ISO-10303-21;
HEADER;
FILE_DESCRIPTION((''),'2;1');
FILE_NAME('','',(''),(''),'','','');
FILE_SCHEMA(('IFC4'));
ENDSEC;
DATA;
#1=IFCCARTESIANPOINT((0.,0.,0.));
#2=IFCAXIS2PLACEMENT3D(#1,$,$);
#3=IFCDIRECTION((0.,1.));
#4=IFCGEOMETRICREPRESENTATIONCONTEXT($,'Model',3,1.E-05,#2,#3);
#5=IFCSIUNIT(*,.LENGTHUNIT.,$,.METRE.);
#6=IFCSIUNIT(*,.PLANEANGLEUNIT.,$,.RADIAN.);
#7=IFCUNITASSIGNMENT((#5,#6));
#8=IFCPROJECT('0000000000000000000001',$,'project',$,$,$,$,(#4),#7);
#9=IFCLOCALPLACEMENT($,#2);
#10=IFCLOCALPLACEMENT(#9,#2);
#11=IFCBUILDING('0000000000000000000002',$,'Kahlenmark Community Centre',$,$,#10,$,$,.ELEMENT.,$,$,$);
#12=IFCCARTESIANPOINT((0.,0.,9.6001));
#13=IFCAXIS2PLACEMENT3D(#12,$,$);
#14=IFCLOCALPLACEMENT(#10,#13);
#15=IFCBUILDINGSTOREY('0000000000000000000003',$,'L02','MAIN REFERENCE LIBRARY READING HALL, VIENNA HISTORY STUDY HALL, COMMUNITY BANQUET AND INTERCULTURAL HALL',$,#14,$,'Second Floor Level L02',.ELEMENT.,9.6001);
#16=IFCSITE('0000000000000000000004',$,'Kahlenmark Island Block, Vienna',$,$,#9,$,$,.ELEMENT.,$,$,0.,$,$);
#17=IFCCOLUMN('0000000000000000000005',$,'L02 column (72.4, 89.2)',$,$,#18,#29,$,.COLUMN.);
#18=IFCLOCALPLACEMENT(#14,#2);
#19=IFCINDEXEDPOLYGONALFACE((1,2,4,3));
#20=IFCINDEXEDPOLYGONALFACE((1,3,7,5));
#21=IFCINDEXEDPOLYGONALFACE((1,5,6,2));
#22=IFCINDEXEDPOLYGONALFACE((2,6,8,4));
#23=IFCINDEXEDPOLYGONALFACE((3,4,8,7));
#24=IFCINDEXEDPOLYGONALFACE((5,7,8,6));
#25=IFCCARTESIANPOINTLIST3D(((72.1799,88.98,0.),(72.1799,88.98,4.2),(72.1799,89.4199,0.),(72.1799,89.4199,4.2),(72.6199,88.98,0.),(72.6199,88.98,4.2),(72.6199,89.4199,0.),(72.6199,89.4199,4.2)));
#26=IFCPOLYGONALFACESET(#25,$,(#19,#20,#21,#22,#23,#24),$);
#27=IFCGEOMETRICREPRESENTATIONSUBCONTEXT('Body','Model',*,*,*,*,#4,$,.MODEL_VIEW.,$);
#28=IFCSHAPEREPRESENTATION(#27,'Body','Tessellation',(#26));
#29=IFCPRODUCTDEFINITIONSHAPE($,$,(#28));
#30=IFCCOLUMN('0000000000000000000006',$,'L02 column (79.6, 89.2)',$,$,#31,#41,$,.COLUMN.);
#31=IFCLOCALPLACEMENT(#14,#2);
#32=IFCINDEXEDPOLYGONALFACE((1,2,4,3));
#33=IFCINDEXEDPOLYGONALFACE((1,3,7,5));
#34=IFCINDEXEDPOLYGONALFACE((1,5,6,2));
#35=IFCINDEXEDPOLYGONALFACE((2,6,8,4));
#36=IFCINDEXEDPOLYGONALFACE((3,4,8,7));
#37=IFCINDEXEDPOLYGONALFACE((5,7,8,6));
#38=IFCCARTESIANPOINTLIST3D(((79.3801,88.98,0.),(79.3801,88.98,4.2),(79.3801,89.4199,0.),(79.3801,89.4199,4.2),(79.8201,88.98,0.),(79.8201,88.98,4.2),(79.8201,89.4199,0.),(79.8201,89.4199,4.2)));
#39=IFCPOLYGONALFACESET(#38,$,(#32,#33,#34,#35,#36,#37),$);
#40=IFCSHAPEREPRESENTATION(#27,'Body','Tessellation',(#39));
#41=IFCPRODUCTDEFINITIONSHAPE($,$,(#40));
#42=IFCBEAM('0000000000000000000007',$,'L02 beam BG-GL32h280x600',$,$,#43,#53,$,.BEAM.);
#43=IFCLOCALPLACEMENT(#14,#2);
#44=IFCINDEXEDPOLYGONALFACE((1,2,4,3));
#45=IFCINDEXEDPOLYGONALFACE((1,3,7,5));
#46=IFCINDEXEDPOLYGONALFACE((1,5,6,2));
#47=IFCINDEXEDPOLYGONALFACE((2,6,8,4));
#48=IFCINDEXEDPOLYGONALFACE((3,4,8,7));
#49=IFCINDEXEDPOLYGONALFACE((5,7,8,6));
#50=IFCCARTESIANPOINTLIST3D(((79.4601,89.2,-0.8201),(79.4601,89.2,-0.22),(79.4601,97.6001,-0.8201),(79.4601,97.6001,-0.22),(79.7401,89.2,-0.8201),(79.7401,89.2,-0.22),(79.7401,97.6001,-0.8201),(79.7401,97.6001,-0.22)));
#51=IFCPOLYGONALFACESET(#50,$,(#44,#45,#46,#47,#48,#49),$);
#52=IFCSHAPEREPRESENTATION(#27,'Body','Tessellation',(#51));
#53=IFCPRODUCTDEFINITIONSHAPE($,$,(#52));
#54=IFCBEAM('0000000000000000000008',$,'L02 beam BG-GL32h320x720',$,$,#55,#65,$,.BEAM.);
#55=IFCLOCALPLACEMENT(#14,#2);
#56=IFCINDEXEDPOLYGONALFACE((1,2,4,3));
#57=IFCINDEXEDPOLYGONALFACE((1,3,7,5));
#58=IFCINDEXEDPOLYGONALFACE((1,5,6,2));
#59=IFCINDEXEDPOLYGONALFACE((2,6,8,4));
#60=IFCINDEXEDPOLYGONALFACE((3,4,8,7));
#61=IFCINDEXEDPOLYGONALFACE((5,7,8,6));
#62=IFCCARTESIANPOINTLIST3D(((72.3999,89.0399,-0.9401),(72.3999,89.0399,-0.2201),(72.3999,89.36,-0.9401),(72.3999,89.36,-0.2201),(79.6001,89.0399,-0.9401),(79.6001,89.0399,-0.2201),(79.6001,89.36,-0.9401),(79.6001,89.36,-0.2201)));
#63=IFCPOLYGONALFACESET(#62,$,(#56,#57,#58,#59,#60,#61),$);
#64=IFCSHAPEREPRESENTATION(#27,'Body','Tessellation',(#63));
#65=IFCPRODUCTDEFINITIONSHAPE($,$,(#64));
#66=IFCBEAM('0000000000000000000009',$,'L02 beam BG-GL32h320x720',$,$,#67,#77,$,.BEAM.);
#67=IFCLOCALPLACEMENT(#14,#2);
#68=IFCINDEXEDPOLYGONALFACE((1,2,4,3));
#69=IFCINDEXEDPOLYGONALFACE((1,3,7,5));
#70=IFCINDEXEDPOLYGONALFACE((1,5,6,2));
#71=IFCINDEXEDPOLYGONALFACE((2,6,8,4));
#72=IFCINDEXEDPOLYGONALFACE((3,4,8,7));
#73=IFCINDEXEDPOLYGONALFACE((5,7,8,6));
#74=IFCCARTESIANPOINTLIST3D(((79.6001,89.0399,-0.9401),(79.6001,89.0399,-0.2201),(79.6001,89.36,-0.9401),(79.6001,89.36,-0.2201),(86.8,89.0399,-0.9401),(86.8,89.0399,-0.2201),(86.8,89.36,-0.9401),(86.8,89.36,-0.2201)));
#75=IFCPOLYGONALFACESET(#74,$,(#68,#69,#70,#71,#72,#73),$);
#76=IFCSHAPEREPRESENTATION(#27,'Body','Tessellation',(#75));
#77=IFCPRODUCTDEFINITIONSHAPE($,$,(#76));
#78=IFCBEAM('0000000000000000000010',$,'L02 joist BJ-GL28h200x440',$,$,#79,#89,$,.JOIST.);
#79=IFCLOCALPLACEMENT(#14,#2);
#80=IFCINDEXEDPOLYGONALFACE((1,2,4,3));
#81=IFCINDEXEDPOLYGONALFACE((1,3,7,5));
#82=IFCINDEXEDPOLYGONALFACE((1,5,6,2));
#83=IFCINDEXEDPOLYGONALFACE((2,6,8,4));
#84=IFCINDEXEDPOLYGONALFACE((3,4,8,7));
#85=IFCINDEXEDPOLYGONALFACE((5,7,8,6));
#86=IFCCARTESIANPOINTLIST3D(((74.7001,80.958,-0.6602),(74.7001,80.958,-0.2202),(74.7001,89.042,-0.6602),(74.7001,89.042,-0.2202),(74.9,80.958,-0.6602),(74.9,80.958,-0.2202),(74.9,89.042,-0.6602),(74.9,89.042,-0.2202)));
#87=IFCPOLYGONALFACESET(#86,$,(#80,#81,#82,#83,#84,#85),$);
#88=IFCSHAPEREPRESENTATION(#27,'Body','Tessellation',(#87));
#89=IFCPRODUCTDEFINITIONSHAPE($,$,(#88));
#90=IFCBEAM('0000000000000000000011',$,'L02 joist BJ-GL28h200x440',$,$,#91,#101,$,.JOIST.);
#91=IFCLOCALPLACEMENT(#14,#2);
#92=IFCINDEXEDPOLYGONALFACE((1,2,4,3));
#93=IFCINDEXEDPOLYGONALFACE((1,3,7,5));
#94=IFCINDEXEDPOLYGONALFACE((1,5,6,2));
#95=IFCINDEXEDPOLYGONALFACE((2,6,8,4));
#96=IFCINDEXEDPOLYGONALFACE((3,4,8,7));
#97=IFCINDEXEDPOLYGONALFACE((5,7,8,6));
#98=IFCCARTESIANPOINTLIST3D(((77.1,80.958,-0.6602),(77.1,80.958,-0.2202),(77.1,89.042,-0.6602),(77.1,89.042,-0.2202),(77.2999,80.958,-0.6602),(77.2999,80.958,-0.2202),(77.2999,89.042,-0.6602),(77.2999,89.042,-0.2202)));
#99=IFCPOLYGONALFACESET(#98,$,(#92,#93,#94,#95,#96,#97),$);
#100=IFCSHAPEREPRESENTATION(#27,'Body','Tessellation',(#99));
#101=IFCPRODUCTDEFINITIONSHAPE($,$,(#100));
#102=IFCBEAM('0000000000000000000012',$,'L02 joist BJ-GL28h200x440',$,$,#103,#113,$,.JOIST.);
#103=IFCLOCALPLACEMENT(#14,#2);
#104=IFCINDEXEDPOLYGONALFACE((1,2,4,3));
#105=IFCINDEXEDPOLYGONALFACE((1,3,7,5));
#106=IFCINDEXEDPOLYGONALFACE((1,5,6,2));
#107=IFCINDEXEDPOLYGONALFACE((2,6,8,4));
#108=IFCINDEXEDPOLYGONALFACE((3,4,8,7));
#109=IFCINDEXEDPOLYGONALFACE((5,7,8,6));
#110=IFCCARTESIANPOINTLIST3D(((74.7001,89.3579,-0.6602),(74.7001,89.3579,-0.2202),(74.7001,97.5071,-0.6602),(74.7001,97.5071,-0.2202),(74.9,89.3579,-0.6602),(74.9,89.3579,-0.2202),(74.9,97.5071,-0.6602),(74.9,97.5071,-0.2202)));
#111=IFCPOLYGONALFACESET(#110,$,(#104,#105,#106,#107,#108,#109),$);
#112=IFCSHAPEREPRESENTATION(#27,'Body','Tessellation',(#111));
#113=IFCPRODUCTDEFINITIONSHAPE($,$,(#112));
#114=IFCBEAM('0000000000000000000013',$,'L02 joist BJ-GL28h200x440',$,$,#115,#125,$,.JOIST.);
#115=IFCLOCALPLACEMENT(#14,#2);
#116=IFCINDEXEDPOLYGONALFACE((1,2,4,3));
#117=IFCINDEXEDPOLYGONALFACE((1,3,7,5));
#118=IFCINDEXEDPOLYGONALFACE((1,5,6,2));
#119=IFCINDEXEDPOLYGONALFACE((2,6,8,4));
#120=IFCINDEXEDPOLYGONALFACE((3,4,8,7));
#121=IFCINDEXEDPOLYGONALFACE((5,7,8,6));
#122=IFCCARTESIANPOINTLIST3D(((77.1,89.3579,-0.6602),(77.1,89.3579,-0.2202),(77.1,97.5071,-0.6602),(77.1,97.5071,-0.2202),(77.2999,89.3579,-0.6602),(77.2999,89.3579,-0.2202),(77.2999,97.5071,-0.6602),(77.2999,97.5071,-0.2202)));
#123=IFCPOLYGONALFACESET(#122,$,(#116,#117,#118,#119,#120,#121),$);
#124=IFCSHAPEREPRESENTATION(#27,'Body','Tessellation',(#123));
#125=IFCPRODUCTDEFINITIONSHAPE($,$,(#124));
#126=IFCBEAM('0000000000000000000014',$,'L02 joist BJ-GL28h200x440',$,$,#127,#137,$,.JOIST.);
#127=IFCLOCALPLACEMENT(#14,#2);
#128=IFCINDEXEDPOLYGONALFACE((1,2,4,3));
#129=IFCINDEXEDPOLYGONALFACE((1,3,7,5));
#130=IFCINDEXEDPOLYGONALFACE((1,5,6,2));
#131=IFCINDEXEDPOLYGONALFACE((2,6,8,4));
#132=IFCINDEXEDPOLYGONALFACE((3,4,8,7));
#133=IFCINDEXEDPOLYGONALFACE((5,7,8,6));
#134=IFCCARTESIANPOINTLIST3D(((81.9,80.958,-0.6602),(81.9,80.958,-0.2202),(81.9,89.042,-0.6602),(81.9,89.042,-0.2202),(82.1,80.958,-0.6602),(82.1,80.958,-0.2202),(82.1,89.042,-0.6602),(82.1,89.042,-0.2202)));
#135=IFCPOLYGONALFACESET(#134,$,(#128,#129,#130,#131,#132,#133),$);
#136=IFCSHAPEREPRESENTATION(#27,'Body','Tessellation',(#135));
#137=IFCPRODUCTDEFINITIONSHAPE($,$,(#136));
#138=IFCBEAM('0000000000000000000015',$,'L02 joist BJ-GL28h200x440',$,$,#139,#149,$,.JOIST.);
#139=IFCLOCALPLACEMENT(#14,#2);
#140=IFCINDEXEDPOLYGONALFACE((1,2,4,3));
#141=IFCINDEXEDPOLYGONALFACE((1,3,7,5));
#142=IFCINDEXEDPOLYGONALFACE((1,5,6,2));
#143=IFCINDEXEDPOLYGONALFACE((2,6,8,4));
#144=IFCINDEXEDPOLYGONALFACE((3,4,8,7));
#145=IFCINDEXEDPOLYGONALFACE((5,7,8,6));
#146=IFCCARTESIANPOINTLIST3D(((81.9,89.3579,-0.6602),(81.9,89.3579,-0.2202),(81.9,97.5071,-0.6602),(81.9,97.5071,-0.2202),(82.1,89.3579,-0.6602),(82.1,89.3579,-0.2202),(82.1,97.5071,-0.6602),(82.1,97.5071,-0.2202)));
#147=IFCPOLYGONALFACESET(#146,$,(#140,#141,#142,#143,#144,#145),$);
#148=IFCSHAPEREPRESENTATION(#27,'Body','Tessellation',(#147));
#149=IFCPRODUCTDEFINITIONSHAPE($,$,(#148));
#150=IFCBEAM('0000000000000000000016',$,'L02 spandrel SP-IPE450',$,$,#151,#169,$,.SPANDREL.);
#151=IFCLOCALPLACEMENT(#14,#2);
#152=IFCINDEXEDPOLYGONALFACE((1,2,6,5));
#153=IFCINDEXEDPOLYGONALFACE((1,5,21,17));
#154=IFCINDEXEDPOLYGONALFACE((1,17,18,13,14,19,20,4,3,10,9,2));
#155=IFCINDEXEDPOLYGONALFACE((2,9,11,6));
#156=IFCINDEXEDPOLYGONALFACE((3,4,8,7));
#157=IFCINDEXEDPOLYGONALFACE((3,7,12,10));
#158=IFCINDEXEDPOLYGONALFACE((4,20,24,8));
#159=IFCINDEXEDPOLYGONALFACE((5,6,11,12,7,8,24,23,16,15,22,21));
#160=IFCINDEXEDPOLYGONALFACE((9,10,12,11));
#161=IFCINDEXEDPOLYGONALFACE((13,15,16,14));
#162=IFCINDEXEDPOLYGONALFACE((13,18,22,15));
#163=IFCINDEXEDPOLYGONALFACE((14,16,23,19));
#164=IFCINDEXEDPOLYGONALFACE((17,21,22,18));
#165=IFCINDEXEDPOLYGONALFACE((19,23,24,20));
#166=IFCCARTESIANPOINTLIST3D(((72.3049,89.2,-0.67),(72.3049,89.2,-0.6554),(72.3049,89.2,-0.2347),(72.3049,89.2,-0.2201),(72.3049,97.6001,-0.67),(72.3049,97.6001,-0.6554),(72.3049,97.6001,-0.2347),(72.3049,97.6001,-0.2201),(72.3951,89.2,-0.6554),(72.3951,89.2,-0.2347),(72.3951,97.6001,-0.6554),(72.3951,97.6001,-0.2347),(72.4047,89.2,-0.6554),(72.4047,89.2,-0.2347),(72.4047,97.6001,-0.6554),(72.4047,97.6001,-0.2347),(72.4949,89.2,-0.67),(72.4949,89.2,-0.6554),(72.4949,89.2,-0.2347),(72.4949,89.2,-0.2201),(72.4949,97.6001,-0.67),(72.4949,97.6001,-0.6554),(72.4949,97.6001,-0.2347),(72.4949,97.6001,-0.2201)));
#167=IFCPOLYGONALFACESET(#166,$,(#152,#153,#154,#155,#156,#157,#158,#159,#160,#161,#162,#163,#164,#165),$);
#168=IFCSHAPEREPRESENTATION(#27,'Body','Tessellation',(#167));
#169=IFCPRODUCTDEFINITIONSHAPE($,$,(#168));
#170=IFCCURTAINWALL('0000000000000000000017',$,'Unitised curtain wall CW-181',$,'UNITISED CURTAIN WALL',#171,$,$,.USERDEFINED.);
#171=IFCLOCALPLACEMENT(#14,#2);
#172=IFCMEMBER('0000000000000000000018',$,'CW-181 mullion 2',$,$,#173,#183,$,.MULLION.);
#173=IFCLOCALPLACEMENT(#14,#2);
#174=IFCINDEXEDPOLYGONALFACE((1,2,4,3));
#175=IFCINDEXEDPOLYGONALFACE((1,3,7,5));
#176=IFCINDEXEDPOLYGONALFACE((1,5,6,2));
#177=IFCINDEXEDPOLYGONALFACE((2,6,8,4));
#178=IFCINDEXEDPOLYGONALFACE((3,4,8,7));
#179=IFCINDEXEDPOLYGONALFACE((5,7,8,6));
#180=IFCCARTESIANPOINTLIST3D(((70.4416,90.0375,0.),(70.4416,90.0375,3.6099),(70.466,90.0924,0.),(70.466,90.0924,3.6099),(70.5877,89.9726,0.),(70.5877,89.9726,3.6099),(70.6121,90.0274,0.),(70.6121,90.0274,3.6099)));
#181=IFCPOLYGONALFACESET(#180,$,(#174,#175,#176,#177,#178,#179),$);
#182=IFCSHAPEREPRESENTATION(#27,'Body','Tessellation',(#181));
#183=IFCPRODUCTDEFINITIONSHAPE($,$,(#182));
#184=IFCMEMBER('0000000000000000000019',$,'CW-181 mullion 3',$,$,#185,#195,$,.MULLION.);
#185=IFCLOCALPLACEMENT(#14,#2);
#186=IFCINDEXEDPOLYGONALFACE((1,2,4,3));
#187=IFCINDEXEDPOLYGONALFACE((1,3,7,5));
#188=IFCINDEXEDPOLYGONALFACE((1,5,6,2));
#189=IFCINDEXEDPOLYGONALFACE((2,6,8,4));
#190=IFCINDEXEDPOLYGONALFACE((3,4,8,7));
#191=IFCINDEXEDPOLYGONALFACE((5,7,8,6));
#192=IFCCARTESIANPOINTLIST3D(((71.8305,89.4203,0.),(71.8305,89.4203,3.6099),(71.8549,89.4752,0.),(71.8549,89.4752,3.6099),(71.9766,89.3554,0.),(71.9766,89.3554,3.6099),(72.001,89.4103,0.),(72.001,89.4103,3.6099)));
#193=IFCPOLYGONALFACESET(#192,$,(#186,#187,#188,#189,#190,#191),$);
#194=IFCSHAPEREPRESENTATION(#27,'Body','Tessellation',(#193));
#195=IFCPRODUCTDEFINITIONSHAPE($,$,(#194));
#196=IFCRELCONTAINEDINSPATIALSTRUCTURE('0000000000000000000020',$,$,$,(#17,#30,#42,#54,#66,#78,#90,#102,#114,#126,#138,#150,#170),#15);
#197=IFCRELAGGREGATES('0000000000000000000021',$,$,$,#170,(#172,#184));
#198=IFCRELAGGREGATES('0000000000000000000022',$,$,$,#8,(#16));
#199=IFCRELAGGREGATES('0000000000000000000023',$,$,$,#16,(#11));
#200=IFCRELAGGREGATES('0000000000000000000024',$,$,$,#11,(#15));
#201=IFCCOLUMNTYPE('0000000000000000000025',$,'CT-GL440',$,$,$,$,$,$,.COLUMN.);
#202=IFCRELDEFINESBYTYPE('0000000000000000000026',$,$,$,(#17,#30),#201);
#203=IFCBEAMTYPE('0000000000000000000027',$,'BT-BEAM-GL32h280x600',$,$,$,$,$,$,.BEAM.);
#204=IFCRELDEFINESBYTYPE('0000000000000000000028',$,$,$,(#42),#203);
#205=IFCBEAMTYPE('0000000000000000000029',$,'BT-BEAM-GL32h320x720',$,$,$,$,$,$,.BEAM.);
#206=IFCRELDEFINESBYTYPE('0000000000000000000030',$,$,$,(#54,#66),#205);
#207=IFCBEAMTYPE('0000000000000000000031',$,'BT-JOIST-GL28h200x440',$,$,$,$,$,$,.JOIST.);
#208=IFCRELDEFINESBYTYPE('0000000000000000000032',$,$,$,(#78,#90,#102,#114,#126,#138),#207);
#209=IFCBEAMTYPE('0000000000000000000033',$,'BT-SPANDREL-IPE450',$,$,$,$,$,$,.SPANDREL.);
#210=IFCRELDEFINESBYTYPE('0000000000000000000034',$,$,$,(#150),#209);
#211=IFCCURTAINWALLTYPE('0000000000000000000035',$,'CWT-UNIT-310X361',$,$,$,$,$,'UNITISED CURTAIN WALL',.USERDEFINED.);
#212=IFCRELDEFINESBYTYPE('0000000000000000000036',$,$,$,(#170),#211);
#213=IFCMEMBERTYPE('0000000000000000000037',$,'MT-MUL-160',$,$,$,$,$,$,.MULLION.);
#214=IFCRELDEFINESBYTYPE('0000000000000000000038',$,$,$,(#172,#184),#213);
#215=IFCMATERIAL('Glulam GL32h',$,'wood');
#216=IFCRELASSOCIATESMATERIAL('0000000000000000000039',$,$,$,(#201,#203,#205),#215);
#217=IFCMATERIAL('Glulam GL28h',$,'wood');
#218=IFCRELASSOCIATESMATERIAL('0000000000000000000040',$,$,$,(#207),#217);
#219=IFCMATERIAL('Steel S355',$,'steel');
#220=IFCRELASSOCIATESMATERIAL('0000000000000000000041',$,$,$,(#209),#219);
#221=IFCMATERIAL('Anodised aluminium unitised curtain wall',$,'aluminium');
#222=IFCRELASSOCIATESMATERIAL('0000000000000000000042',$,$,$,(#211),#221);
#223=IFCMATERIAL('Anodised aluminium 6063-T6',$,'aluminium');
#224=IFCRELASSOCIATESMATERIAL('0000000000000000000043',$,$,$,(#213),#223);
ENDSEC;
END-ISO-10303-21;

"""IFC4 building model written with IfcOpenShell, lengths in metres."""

from ifc_helpers import new_model, si_unit, direction, frame, origin, origin_2d, place, context, subcontext, project, spatial, rectangle, i_section, extrude, material, material_profile, profile_set, type_object, element, aggregate, save


model = new_model("IFC4")

# Units and contexts
model_context = context("Model", 3, precision=1e-05, world=origin(), true_north=direction((0.0, 1.0)))
body_context = subcontext(model_context, "Body", "Model", "MODEL_VIEW")
ifc_project = project(units=[si_unit("LENGTHUNIT", "METRE"), si_unit("PLANEANGLEUNIT", "RADIAN")], contexts=[model_context])

# Site, building, storey
site_placement = place(None, origin())
site = spatial("IfcSite", under=ifc_project, at=site_placement, Name="Kahlenmark Island Block, Vienna", CompositionType="ELEMENT", RefElevation=0.0)
building_placement = place(site_placement, origin())
building = spatial("IfcBuilding", under=site, at=building_placement, Name="Kahlenmark Community Centre", CompositionType="ELEMENT")
storey_placement = place(building_placement, frame((0.0, 0.0, 9.6001)))
storey = spatial("IfcBuildingStorey", under=building, at=storey_placement, Name="L02", Description="MAIN REFERENCE LIBRARY READING HALL, VIENNA HISTORY STUDY HALL, COMMUNITY BANQUET AND INTERCULTURAL HALL", LongName="Second Floor Level L02", CompositionType="ELEMENT", Elevation=9.6001)

# Columns
ifc_material_1 = material(Name="Glulam GL32h", Category="wood")
ifc_material_profile_1 = material_profile(ifc_material_1, rectangle(XDim=0.4399, YDim=0.4399, at=origin_2d()), Name="GL32h 440x440")
ifc_profile_set_1 = profile_set([ifc_material_profile_1], Name="Glulam GL32h")
column_type = type_object("IfcColumnType", Name="CT-GL440", PredefinedType="COLUMN", material=ifc_profile_set_1)
for number, where, z_axis, x_axis, name in (
    (1, (72.3999, 89.2, 0.0), (0.0, 0.0, 1.0), (1.0, 0.0, 0.0), "L02 column (72.4, 89.2)"),
    (2, (79.6001, 89.2, 0.0), (0.0, 0.0, 1.0), (1.0, 0.0, 0.0), "L02 column (79.6, 89.2)"),
):
    element("IfcColumn", number, at=place(storey_placement, frame(where, z_axis=z_axis, x_axis=x_axis)), inside=storey, type_object=column_type, Name=name, PredefinedType="COLUMN", context=body_context, shape_type="SweptSolid", body=[
        extrude(rectangle(XDim=0.4399, YDim=0.4399, at=origin_2d()), origin(), (0.0, 0.0, 1.0), 4.2),
    ])

# Beams
ifc_material_profile_2 = material_profile(ifc_material_1, rectangle(XDim=0.28, YDim=0.6001, at=origin_2d()), Name="GL32h 280x600")
ifc_profile_set_2 = profile_set([ifc_material_profile_2], Name="Glulam GL32h")
beam_type_1 = type_object("IfcBeamType", Name="BT-BEAM-GL32h280x600", PredefinedType="BEAM", material=ifc_profile_set_2)
beam_1_placement = place(storey_placement, frame((79.6001, 89.2, -0.52), z_axis=(0.0, 1.0, 0.0), x_axis=(-1.0, 0.0, 0.0)))
element("IfcBeam", 3, at=beam_1_placement, inside=storey, type_object=beam_type_1, Name="L02 beam BG-GL32h280x600", PredefinedType="BEAM", context=body_context, shape_type="SweptSolid", body=[
    extrude(rectangle(XDim=0.28, YDim=0.6001, at=origin_2d()), origin(), (0.0, 0.0, 1.0), 8.4001),
])
ifc_material_profile_3 = material_profile(ifc_material_1, rectangle(XDim=0.3201, YDim=0.72, at=origin_2d()), Name="GL32h 320x720")
ifc_profile_set_3 = profile_set([ifc_material_profile_3], Name="Glulam GL32h")
beam_type_2 = type_object("IfcBeamType", Name="BT-BEAM-GL32h320x720", PredefinedType="BEAM", material=ifc_profile_set_3)
beam_2_placement = place(storey_placement, frame((72.3999, 89.2, -0.5801), z_axis=(1.0, 0.0, 0.0), x_axis=(0.0, 1.0, 0.0)))
element("IfcBeam", 4, at=beam_2_placement, inside=storey, type_object=beam_type_2, Name="L02 beam BG-GL32h320x720", PredefinedType="BEAM", context=body_context, shape_type="SweptSolid", body=[
    extrude(rectangle(XDim=0.3201, YDim=0.72, at=origin_2d()), origin(), (0.0, 0.0, 1.0), 7.2002),
])
beam_3_placement = place(storey_placement, frame((79.6001, 89.2, -0.5801), z_axis=(1.0, 0.0, 0.0), x_axis=(0.0, 1.0, 0.0)))
element("IfcBeam", 5, at=beam_3_placement, inside=storey, type_object=beam_type_2, Name="L02 beam BG-GL32h320x720", PredefinedType="BEAM", context=body_context, shape_type="SweptSolid", body=[
    extrude(rectangle(XDim=0.3201, YDim=0.72, at=origin_2d()), origin(), (0.0, 0.0, 1.0), 7.2),
])
ifc_material_2 = material(Name="Glulam GL28h", Category="wood")
ifc_material_profile_4 = material_profile(ifc_material_2, rectangle(XDim=0.2, YDim=0.4399, at=origin_2d()), Name="GL28h 200x440")
ifc_profile_set_4 = profile_set([ifc_material_profile_4], Name="Glulam GL28h")
beam_type_3 = type_object("IfcBeamType", Name="BT-JOIST-GL28h200x440", PredefinedType="JOIST", material=ifc_profile_set_4)
for number, where, z_axis, x_axis, name in (
    (6, (74.8, 80.958, -0.4402), (0.0, 1.0, 0.0), (-1.0, 0.0, 0.0), "L02 joist BJ-GL28h200x440"),
    (7, (77.2, 80.958, -0.4402), (0.0, 1.0, 0.0), (-1.0, 0.0, 0.0), "L02 joist BJ-GL28h200x440"),
):
    element("IfcBeam", number, at=place(storey_placement, frame(where, z_axis=z_axis, x_axis=x_axis)), inside=storey, type_object=beam_type_3, Name=name, PredefinedType="JOIST", context=body_context, shape_type="SweptSolid", body=[
        extrude(rectangle(XDim=0.2, YDim=0.4399, at=origin_2d()), origin(), (0.0, 0.0, 1.0), 8.084),
    ])
for number, where, z_axis, x_axis, name in (
    (8, (74.8, 89.3579, -0.4402), (0.0, 1.0, 0.0), (-1.0, 0.0, 0.0), "L02 joist BJ-GL28h200x440"),
    (9, (77.2, 89.3579, -0.4402), (0.0, 1.0, 0.0), (-1.0, 0.0, 0.0), "L02 joist BJ-GL28h200x440"),
):
    element("IfcBeam", number, at=place(storey_placement, frame(where, z_axis=z_axis, x_axis=x_axis)), inside=storey, type_object=beam_type_3, Name=name, PredefinedType="JOIST", context=body_context, shape_type="SweptSolid", body=[
        extrude(rectangle(XDim=0.2, YDim=0.4399, at=origin_2d()), origin(), (0.0, 0.0, 1.0), 8.1492),
    ])
beam_4_placement = place(storey_placement, frame((82.0, 80.958, -0.4402), z_axis=(0.0, 1.0, 0.0), x_axis=(-1.0, 0.0, 0.0)))
element("IfcBeam", 10, at=beam_4_placement, inside=storey, type_object=beam_type_3, Name="L02 joist BJ-GL28h200x440", PredefinedType="JOIST", context=body_context, shape_type="SweptSolid", body=[
    extrude(rectangle(XDim=0.2, YDim=0.4399, at=origin_2d()), origin(), (0.0, 0.0, 1.0), 8.084),
])
beam_5_placement = place(storey_placement, frame((82.0, 89.3579, -0.4402), z_axis=(0.0, 1.0, 0.0), x_axis=(-1.0, 0.0, 0.0)))
element("IfcBeam", 11, at=beam_5_placement, inside=storey, type_object=beam_type_3, Name="L02 joist BJ-GL28h200x440", PredefinedType="JOIST", context=body_context, shape_type="SweptSolid", body=[
    extrude(rectangle(XDim=0.2, YDim=0.4399, at=origin_2d()), origin(), (0.0, 0.0, 1.0), 8.1492),
])
ifc_material_3 = material(Name="Steel S355", Category="steel")
ifc_material_profile_5 = material_profile(ifc_material_3, i_section(OverallWidth=0.1899, OverallDepth=0.45, WebThickness=0.0095, FlangeThickness=0.0146, at=origin_2d()), Name="IPE 450")
ifc_profile_set_5 = profile_set([ifc_material_profile_5], Name="Steel S355")
beam_type_4 = type_object("IfcBeamType", Name="BT-SPANDREL-IPE450", PredefinedType="SPANDREL", material=ifc_profile_set_5)
beam_6_placement = place(storey_placement, frame((72.3999, 89.2, -0.4451), z_axis=(0.0, 1.0, 0.0), x_axis=(-1.0, 0.0, 0.0)))
element("IfcBeam", 12, at=beam_6_placement, inside=storey, type_object=beam_type_4, Name="L02 spandrel SP-IPE450", PredefinedType="SPANDREL", context=body_context, shape_type="SweptSolid", body=[
    extrude(i_section(OverallWidth=0.1899, OverallDepth=0.45, WebThickness=0.0095, FlangeThickness=0.0146, at=origin_2d()), origin(), (0.0, 0.0, 1.0), 8.4001),
])

# Curtain wall, members
ifc_material_4 = material(Name="Anodised aluminium unitised curtain wall", Category="aluminium")
curtain_wall_type = type_object("IfcCurtainWallType", Name="CWT-UNIT-310X361", ElementType="UNITISED CURTAIN WALL", PredefinedType="USERDEFINED", material=ifc_material_4)
curtain_wall_placement = place(storey_placement, origin())
curtain_wall = element("IfcCurtainWall", 13, at=curtain_wall_placement, inside=storey, type_object=curtain_wall_type, Name="Unitised curtain wall CW-181", ObjectType="UNITISED CURTAIN WALL", PredefinedType="USERDEFINED")
ifc_material_5 = material(Name="Anodised aluminium 6063-T6", Category="aluminium")
ifc_material_profile_6 = material_profile(ifc_material_5, rectangle(XDim=0.0601, YDim=0.1599, at=origin_2d()), Name="ALU MULLION 60x160")
ifc_profile_set_6 = profile_set([ifc_material_profile_6], Name="Anodised aluminium 6063-T6")
member_type = type_object("IfcMemberType", Name="MT-MUL-160", PredefinedType="MULLION", material=ifc_profile_set_6)
member_1_placement = place(storey_placement, frame((70.5269, 90.0325, 0.0), z_axis=(0.0, 0.0, 1.0), x_axis=(0.406126, 0.913817, 0.0)))
member_1 = element("IfcMember", 14, at=member_1_placement, type_object=member_type, Name="CW-181 mullion 2", PredefinedType="MULLION", context=body_context, shape_type="SweptSolid", body=[
    extrude(rectangle(XDim=0.0601, YDim=0.1599, at=origin_2d()), origin(), (0.0, 0.0, 1.0), 3.6099),
])
member_2_placement = place(storey_placement, frame((71.9158, 89.4153, 0.0), z_axis=(0.0, 0.0, 1.0), x_axis=(0.406126, 0.913817, 0.0)))
member_2 = element("IfcMember", 15, at=member_2_placement, type_object=member_type, Name="CW-181 mullion 3", PredefinedType="MULLION", context=body_context, shape_type="SweptSolid", body=[
    extrude(rectangle(XDim=0.0601, YDim=0.1599, at=origin_2d()), origin(), (0.0, 0.0, 1.0), 3.6099),
])
aggregate(curtain_wall, [member_1, member_2])

save(model, "model.ifc")
